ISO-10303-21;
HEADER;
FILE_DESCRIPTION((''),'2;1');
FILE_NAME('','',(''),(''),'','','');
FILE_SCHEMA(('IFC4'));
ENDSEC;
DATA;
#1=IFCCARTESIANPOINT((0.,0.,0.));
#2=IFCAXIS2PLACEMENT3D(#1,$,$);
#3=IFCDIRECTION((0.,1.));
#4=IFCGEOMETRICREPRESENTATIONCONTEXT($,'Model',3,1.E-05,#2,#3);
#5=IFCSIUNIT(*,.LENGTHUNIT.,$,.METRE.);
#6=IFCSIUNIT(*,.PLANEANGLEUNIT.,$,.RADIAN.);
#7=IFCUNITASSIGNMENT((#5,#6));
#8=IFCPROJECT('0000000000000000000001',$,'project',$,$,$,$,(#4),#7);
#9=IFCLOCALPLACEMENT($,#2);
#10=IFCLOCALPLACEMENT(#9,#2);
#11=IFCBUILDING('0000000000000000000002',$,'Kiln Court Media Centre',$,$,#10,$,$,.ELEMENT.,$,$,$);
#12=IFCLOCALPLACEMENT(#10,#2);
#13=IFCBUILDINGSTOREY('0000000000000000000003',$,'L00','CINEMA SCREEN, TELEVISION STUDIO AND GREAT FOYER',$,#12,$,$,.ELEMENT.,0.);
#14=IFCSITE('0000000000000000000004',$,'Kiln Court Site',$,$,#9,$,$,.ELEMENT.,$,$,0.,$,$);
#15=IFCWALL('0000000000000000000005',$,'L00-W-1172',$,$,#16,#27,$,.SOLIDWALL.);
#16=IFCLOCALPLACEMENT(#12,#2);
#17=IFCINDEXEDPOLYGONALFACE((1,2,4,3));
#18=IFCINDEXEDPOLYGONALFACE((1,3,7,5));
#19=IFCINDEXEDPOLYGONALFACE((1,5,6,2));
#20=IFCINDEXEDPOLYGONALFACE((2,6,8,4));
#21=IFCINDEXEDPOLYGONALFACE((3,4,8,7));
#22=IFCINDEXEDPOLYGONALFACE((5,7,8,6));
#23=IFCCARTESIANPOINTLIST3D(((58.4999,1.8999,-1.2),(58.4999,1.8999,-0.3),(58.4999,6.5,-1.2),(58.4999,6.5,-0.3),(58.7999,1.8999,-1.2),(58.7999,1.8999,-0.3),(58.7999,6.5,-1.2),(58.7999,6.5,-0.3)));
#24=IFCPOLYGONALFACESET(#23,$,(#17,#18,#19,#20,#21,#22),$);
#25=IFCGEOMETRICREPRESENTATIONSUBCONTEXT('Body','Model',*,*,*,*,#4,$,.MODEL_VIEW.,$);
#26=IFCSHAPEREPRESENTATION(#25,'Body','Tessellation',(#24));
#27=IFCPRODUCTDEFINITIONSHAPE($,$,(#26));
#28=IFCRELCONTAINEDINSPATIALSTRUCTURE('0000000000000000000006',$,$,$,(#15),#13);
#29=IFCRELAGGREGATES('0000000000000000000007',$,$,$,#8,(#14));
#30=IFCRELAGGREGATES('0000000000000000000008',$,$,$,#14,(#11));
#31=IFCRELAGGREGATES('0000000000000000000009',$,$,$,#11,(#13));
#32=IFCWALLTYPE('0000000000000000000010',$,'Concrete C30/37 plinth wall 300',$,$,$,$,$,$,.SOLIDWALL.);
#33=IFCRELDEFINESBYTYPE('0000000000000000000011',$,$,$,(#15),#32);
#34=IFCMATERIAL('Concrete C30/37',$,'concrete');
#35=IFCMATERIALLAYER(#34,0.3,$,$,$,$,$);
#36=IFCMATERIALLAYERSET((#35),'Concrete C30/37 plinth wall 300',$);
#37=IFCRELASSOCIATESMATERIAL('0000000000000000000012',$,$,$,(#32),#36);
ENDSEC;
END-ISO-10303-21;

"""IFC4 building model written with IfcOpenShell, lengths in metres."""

from ifc_helpers import new_model, si_unit, direction, frame, frame_2d, origin, place, context, subcontext, project, spatial, rectangle, extrude, material, layer, layer_set, type_object, element, save


model = new_model("IFC4")

# Units and contexts
model_context = context("Model", 3, precision=1e-05, world=origin(), true_north=direction((0.0, 1.0)))
body_context = subcontext(model_context, "Body", "Model", "MODEL_VIEW")
ifc_project = project(units=[si_unit("LENGTHUNIT", "METRE"), si_unit("PLANEANGLEUNIT", "RADIAN")], contexts=[model_context])

# Site, building, storey
site_placement = place(None, origin())
site = spatial("IfcSite", under=ifc_project, at=site_placement, Name="Kiln Court Site", CompositionType="ELEMENT", RefElevation=0.0)
building_placement = place(site_placement, origin())
building = spatial("IfcBuilding", under=site, at=building_placement, Name="Kiln Court Media Centre", CompositionType="ELEMENT")
storey_placement = place(building_placement, origin())
storey = spatial("IfcBuildingStorey", under=building, at=storey_placement, Name="L00", Description="CINEMA SCREEN, TELEVISION STUDIO AND GREAT FOYER", CompositionType="ELEMENT", Elevation=0.0)

# Wall
ifc_material_1 = material(Name="Concrete C30/37", Category="concrete")
ifc_layer_1 = layer(ifc_material_1, 0.3)
ifc_layer_set_1 = layer_set([ifc_layer_1], Name="Concrete C30/37 plinth wall 300")
wall_type_1 = type_object("IfcWallType", Name="Concrete C30/37 plinth wall 300", PredefinedType="SOLIDWALL", material=ifc_layer_set_1)
wall_1_placement = place(storey_placement, frame((58.6499, 6.5, -1.2), z_axis=(0.0, 0.0, 1.0), x_axis=(0.0, -1.0, 0.0)))
element("IfcWall", 1, at=wall_1_placement, inside=storey, type_object=wall_type_1, Name="L00-W-1172", PredefinedType="SOLIDWALL", context=body_context, shape_type="SweptSolid", body=[
    extrude(rectangle(XDim=4.6001, YDim=0.3, at=frame_2d((2.3, 0.0))), origin(), (0.0, 0.0, 1.0), 0.8999),
])

save(model, "model.ifc")
